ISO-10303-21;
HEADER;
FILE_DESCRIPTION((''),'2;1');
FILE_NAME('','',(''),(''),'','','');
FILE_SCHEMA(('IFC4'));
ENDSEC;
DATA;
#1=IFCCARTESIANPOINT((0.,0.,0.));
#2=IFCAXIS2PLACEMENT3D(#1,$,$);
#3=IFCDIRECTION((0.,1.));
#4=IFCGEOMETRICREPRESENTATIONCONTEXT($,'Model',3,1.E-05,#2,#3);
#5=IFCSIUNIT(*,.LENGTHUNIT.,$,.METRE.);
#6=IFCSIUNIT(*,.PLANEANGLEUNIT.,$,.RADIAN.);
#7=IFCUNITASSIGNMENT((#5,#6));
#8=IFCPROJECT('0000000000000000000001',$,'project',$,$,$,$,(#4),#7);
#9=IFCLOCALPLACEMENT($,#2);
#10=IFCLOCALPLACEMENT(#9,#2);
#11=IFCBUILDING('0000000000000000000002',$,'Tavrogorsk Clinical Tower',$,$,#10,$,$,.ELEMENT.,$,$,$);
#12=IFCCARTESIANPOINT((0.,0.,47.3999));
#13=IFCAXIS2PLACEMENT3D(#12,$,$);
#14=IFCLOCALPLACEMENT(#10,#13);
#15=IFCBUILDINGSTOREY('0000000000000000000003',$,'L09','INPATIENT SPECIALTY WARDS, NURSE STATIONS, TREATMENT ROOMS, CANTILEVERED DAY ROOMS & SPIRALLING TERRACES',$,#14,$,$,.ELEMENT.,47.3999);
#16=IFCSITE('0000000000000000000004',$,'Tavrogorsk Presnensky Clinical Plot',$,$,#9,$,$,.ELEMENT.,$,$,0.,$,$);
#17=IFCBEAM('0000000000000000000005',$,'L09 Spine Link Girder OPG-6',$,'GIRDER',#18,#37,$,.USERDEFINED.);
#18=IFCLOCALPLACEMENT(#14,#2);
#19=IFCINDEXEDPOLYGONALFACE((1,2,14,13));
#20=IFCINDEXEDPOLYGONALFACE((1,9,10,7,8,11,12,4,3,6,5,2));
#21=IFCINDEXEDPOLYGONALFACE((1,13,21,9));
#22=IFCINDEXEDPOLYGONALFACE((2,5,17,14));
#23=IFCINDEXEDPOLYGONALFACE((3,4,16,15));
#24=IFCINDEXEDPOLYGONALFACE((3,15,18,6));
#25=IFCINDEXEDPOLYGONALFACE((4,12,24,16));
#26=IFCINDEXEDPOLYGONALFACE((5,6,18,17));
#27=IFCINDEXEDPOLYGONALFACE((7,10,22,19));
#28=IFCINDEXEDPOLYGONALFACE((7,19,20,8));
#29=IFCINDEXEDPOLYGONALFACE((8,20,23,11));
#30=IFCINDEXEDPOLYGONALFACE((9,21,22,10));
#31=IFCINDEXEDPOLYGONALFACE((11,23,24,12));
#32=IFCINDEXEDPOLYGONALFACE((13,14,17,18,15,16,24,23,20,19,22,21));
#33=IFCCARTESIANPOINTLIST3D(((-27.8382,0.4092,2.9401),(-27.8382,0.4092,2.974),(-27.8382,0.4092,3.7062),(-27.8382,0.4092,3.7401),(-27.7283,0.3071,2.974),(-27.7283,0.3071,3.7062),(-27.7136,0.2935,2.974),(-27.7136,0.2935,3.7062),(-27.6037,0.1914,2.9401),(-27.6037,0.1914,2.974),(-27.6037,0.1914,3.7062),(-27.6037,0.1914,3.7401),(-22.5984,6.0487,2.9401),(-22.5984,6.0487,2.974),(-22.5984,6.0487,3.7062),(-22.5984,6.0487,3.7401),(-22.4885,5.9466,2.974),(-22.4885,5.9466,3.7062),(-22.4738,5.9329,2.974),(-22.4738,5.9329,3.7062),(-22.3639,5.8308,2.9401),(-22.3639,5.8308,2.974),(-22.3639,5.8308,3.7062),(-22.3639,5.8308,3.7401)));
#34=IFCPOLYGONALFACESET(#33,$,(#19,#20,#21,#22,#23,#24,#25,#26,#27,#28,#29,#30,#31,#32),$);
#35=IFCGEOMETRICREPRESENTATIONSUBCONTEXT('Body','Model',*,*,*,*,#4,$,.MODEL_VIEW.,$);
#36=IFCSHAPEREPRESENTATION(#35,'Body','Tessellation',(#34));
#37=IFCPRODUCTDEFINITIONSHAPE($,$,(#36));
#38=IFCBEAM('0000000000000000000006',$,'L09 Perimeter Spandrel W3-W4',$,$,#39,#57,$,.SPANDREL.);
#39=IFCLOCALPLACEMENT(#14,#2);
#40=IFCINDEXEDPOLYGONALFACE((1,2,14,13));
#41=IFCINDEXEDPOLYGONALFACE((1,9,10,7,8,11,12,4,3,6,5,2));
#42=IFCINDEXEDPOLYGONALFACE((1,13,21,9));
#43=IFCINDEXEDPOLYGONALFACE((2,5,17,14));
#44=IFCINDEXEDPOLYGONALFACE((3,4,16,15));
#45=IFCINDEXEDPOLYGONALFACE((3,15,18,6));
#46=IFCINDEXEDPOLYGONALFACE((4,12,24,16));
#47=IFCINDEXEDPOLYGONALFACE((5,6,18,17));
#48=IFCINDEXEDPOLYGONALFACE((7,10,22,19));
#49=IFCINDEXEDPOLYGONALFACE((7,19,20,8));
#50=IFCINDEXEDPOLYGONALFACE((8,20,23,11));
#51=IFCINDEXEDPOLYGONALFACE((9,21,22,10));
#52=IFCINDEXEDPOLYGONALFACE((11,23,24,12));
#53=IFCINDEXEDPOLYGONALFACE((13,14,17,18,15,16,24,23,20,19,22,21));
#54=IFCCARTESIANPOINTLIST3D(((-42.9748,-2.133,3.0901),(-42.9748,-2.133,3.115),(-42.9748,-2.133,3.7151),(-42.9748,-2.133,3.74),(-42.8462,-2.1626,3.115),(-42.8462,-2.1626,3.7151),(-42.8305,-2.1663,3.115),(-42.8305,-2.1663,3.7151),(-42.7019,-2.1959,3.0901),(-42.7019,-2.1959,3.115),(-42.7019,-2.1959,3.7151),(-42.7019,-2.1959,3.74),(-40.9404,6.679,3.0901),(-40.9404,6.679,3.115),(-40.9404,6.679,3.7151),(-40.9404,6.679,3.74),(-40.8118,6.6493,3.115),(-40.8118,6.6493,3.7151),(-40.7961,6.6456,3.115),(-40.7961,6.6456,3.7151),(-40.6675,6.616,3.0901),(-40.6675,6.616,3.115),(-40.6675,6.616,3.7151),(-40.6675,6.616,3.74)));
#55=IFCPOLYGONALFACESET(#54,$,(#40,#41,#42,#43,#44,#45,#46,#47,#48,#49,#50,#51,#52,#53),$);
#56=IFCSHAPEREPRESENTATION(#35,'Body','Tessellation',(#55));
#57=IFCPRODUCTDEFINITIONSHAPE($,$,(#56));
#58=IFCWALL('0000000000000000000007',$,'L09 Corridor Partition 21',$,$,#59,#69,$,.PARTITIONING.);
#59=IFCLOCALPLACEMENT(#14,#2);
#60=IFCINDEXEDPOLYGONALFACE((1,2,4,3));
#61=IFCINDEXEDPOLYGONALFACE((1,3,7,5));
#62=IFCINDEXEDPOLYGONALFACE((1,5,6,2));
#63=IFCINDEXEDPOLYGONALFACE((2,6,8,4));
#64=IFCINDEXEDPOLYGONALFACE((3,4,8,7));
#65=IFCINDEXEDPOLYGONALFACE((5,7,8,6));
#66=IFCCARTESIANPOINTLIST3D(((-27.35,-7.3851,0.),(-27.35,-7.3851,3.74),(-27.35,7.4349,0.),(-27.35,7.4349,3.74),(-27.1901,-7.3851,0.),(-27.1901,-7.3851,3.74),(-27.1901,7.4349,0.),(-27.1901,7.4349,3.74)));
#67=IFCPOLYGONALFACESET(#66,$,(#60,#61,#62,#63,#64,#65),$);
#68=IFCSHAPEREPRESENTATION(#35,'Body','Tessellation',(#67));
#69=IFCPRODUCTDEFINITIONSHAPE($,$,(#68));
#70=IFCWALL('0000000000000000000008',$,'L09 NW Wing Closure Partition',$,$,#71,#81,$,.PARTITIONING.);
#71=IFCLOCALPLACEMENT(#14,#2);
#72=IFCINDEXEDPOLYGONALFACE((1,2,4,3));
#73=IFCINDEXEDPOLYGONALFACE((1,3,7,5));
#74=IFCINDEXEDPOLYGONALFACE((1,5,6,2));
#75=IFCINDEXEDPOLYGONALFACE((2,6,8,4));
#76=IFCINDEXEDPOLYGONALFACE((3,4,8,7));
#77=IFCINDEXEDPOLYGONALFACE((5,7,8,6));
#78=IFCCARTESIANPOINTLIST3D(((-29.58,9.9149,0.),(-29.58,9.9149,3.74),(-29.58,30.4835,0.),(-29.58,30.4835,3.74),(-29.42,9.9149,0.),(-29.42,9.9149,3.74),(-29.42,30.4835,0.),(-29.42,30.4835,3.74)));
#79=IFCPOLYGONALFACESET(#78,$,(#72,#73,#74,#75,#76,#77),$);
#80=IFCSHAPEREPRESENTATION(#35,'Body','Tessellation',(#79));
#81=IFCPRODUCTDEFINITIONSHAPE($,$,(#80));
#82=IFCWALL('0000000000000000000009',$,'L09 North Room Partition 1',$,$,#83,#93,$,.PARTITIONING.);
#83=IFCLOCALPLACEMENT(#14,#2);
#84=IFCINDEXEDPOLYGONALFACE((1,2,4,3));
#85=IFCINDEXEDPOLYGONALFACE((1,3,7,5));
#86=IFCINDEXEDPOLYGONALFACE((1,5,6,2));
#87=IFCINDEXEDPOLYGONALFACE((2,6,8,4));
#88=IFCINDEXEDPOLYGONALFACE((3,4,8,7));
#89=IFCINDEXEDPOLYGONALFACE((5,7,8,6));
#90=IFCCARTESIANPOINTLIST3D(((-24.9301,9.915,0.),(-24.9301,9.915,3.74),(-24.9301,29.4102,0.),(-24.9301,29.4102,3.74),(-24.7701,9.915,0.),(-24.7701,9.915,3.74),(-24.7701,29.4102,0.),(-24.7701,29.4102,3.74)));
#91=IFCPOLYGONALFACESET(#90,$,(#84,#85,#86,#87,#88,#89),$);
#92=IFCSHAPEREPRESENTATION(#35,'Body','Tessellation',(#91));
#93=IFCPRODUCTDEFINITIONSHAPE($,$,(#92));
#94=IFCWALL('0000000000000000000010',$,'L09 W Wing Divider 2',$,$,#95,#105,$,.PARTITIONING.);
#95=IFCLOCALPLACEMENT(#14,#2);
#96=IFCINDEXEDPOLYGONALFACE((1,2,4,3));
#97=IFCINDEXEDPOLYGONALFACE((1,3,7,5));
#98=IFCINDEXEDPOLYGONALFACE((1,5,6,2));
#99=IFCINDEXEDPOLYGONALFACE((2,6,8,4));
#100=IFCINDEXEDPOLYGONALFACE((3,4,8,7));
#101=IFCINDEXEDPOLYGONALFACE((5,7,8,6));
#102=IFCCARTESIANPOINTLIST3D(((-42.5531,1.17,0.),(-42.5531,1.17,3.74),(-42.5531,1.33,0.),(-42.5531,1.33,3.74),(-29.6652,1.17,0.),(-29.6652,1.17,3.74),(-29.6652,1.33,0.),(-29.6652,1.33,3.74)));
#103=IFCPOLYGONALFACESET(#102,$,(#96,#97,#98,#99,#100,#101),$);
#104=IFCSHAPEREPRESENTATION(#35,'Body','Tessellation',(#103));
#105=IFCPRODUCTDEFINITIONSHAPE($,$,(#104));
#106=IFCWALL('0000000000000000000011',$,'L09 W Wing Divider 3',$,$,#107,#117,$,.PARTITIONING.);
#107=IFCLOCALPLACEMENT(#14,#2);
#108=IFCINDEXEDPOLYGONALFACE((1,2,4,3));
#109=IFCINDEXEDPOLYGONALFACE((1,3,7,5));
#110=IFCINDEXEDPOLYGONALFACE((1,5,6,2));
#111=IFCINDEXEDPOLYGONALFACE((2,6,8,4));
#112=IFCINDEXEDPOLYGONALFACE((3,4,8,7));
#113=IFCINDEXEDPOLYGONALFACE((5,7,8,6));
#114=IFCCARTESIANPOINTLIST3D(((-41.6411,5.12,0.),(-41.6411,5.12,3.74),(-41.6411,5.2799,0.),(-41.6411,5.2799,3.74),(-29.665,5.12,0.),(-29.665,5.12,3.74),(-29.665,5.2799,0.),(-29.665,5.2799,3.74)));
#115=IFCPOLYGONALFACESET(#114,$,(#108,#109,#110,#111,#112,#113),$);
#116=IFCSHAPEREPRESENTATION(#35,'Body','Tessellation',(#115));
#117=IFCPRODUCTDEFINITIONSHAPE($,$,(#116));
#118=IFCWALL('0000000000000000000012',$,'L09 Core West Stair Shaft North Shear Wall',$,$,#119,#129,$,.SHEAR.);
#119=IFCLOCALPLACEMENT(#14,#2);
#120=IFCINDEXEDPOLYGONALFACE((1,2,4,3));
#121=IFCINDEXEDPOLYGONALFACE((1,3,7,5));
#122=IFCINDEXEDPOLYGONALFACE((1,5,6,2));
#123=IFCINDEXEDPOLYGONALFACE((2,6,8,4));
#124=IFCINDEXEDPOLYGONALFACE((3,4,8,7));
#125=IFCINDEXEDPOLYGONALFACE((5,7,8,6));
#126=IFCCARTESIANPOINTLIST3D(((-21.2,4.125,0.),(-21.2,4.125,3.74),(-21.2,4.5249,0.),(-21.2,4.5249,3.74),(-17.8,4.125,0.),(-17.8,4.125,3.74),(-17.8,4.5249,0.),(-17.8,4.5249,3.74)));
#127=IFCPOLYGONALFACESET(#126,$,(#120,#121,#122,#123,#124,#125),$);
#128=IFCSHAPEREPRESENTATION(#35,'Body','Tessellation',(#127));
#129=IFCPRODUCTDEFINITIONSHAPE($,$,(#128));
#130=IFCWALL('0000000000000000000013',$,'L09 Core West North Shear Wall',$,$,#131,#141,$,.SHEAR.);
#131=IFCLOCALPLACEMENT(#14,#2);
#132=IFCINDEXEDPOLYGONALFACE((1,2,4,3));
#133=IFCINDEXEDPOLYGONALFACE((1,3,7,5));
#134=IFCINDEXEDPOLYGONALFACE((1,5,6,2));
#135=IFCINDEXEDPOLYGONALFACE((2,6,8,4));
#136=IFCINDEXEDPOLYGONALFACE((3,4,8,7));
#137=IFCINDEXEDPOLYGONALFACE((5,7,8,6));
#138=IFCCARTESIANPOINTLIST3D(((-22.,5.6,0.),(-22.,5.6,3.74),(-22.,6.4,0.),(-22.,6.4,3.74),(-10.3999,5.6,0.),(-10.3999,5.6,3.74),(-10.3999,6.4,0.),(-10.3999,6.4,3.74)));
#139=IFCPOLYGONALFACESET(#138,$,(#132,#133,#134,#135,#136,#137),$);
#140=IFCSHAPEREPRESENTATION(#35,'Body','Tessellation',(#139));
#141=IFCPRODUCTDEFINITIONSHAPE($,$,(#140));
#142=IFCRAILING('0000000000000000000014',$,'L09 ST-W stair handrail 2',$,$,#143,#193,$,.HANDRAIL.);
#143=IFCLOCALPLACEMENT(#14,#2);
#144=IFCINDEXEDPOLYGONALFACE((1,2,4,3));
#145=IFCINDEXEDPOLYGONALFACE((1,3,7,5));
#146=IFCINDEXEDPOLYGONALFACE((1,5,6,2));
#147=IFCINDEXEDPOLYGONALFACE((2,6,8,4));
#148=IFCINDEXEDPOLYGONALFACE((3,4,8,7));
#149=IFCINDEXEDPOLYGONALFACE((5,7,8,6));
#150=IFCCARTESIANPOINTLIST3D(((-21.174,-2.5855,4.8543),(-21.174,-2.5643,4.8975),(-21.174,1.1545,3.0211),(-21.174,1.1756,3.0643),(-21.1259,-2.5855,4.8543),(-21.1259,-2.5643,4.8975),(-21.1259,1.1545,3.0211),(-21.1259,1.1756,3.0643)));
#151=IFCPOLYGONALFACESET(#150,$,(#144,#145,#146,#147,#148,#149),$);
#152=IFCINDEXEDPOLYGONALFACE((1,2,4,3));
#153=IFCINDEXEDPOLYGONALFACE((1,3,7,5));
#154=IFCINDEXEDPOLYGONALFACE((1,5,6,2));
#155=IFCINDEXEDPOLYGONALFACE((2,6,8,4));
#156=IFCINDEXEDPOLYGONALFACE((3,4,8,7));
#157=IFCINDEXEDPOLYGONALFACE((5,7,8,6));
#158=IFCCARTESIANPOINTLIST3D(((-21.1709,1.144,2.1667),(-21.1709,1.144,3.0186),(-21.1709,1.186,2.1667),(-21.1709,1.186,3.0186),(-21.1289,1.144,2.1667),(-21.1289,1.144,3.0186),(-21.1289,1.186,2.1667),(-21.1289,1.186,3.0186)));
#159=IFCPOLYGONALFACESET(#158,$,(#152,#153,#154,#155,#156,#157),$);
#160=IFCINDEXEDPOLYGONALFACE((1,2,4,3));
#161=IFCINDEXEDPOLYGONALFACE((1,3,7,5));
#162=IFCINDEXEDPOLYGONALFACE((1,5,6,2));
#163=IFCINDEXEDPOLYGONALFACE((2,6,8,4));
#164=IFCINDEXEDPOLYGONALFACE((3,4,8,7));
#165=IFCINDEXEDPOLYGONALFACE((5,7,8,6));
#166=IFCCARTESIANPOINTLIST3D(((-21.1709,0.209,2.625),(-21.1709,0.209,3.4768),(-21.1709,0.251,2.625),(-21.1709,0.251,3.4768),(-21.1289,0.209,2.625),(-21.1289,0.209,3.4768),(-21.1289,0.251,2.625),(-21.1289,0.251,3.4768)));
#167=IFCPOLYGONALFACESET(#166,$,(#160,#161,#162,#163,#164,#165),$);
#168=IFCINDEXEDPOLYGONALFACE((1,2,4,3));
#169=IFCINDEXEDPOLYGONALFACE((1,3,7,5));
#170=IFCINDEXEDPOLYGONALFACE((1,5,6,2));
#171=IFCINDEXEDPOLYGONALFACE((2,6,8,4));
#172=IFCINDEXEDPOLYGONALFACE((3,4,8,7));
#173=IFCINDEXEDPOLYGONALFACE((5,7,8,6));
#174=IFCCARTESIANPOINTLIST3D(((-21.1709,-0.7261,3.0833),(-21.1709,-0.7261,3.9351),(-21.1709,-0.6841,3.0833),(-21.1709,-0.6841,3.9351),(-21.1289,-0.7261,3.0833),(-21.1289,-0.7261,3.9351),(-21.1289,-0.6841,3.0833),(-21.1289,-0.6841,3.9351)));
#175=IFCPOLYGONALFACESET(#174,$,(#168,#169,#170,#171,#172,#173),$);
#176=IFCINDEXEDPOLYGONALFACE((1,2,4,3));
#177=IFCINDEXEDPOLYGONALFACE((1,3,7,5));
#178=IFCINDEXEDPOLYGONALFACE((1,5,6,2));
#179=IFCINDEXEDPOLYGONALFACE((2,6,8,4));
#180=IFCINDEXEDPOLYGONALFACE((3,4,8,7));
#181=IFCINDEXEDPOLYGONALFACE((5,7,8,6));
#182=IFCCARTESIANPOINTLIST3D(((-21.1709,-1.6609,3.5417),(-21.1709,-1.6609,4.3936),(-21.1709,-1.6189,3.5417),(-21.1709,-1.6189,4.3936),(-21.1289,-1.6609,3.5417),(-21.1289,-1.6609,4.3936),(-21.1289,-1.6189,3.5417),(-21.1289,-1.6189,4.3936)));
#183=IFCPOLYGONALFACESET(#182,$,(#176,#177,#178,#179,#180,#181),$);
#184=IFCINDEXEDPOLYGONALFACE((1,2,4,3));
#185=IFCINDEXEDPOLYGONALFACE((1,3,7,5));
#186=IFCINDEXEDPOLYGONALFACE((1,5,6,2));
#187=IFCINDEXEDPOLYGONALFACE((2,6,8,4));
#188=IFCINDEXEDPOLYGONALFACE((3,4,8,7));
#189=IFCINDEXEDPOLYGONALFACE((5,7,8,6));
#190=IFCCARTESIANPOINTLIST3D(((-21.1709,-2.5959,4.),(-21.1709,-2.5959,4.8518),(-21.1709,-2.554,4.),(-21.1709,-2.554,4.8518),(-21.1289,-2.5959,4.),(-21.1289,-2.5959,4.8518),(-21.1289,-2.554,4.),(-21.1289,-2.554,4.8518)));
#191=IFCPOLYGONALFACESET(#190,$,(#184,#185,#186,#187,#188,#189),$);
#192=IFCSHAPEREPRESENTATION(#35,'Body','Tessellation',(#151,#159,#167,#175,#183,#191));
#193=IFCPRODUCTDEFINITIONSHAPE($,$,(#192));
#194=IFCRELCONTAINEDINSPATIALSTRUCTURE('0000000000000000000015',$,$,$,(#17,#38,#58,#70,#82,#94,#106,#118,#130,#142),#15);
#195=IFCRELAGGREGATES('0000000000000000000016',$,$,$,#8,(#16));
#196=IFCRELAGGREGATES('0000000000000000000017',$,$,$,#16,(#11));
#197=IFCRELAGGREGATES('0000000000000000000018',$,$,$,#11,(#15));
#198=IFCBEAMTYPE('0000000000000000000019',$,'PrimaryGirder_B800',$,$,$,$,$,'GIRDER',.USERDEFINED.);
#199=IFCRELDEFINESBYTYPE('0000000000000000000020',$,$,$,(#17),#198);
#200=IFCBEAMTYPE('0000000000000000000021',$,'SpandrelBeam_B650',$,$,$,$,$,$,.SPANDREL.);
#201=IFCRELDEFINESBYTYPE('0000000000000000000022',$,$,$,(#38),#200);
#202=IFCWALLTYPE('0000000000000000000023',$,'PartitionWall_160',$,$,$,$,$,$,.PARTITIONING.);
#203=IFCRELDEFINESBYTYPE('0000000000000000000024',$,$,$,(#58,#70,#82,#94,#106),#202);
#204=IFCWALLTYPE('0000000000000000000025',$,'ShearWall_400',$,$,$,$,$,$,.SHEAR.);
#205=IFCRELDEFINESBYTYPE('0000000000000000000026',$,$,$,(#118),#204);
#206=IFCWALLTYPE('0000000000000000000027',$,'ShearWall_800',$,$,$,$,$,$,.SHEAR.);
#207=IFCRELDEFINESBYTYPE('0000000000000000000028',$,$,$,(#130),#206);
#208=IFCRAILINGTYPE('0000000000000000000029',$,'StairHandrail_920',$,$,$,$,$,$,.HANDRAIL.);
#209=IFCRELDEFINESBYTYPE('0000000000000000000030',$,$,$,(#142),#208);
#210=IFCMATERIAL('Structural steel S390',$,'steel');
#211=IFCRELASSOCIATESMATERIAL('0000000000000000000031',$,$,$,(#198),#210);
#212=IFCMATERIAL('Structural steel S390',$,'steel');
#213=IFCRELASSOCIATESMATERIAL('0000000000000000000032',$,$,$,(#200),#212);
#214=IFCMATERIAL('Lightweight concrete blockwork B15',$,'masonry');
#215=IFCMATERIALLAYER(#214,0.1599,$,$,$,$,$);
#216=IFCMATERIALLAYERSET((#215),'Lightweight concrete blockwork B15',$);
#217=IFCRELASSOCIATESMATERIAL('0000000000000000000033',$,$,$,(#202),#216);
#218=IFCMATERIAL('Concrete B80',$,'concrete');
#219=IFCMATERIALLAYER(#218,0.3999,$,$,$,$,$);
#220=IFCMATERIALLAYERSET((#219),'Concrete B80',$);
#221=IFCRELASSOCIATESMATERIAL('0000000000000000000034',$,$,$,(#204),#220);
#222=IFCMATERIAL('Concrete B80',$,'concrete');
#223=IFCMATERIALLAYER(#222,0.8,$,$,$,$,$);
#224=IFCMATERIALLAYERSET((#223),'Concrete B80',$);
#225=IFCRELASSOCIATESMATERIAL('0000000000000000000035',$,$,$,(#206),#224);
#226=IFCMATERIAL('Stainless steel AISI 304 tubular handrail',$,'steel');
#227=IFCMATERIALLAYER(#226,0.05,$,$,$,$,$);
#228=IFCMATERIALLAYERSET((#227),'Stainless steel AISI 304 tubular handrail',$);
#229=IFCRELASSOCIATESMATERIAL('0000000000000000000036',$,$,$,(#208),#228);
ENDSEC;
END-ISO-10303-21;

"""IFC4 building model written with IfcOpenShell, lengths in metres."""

from ifc_helpers import new_model, si_unit, direction, frame, frame_2d, origin, origin_2d, place, context, subcontext, project, spatial, rectangle, i_section, extrude, material, layer, layer_set, material_profile, profile_set, type_object, element, save


model = new_model("IFC4")

# Units and contexts
model_context = context("Model", 3, precision=1e-05, world=origin(), true_north=direction((0.0, 1.0)))
body_context = subcontext(model_context, "Body", "Model", "MODEL_VIEW")
ifc_project = project(units=[si_unit("LENGTHUNIT", "METRE"), si_unit("PLANEANGLEUNIT", "RADIAN")], contexts=[model_context])

# Site, building, storey
site_placement = place(None, origin())
site = spatial("IfcSite", under=ifc_project, at=site_placement, Name="Tavrogorsk Presnensky Clinical Plot", CompositionType="ELEMENT", RefElevation=0.0)
building_placement = place(site_placement, origin())
building = spatial("IfcBuilding", under=site, at=building_placement, Name="Tavrogorsk Clinical Tower", CompositionType="ELEMENT")
storey_placement = place(building_placement, frame((0.0, 0.0, 47.3999)))
storey = spatial("IfcBuildingStorey", under=building, at=storey_placement, Name="L09", Description="INPATIENT SPECIALTY WARDS, NURSE STATIONS, TREATMENT ROOMS, CANTILEVERED DAY ROOMS & SPIRALLING TERRACES", CompositionType="ELEMENT", Elevation=47.3999)

# Beams
ifc_material_1 = material(Name="Structural steel S390", Category="steel")
ifc_material_profile_1 = material_profile(ifc_material_1, i_section(OverallWidth=0.3201, OverallDepth=0.8, WebThickness=0.02, FlangeThickness=0.0339, at=origin_2d()), Name="B-800x320x20x34")
ifc_profile_set_1 = profile_set([ifc_material_profile_1], Name="Structural steel S390")
beam_type_1 = type_object("IfcBeamType", Name="PrimaryGirder_B800", ElementType="GIRDER", PredefinedType="USERDEFINED", material=ifc_profile_set_1)
for number, where, z_axis, x_axis, name in (
    (1, (-27.7209, 0.3003, 3.3401), (0.680671, 0.732589, 0.0), (-0.732589, 0.680671, 0.0), "L09 Spine Link Girder OPG-6"),
):
    element("IfcBeam", number, at=place(storey_placement, frame(where, z_axis=z_axis, x_axis=x_axis)), inside=storey, type_object=beam_type_1, Name=name, ObjectType="GIRDER", PredefinedType="USERDEFINED", context=body_context, shape_type="SweptSolid", body=[
        extrude(i_section(OverallWidth=0.3201, OverallDepth=0.8, WebThickness=0.02, FlangeThickness=0.0339, at=origin_2d()), origin(), (0.0, 0.0, 1.0), 7.698),
    ])
ifc_material_2 = material(Name="Structural steel S390", Category="steel")
ifc_material_profile_2 = material_profile(ifc_material_2, i_section(OverallWidth=0.28, OverallDepth=0.6499, WebThickness=0.0161, FlangeThickness=0.0249, at=origin_2d()), Name="B-650x280x16x25")
ifc_profile_set_2 = profile_set([ifc_material_profile_2], Name="Structural steel S390")
beam_type_2 = type_object("IfcBeamType", Name="SpandrelBeam_B650", PredefinedType="SPANDREL", material=ifc_profile_set_2)
beam_1_placement = place(storey_placement, frame((-40.804, 6.6475, 3.415), z_axis=(-0.224952, -0.97437, 0.0), x_axis=(0.97437, -0.224952, 0.0)))
element("IfcBeam", 2, at=beam_1_placement, inside=storey, type_object=beam_type_2, Name="L09 Perimeter Spandrel W3-W4", PredefinedType="SPANDREL", context=body_context, shape_type="SweptSolid", body=[
    extrude(i_section(OverallWidth=0.28, OverallDepth=0.6499, WebThickness=0.0161, FlangeThickness=0.0249, at=origin_2d()), origin(), (0.0, 0.0, 1.0), 9.0437),
])

# Shared definitions
ifc_material_3 = material(Name="Lightweight concrete blockwork B15", Category="masonry")
ifc_layer_1 = layer(ifc_material_3, 0.1599)
ifc_layer_set_1 = layer_set([ifc_layer_1], Name="Lightweight concrete blockwork B15")
wall_type_1 = type_object("IfcWallType", Name="PartitionWall_160", PredefinedType="PARTITIONING", material=ifc_layer_set_1)

# Walls
wall_1_placement = place(storey_placement, frame((-27.27, 7.4351, 0.0), z_axis=(0.0, 0.0, 1.0), x_axis=(0.0, -1.0, 0.0)))
element("IfcWall", 3, at=wall_1_placement, inside=storey, type_object=wall_type_1, Name="L09 Corridor Partition 21", PredefinedType="PARTITIONING", context=body_context, shape_type="SweptSolid", body=[
    extrude(rectangle(XDim=14.8201, YDim=0.1599, at=frame_2d((7.4102, 0.0))), origin(), (0.0, 0.0, 1.0), 3.74),
])
wall_2_placement = place(storey_placement, frame((-29.5, 9.915, 0.0), z_axis=(0.0, 0.0, 1.0), x_axis=(0.0, 1.0, 0.0)))
element("IfcWall", 4, at=wall_2_placement, inside=storey, type_object=wall_type_1, Name="L09 NW Wing Closure Partition", PredefinedType="PARTITIONING", context=body_context, shape_type="SweptSolid", body=[
    extrude(rectangle(XDim=20.5686, YDim=0.1599, at=frame_2d((10.2842, 0.0))), origin(), (0.0, 0.0, 1.0), 3.74),
])
wall_3_placement = place(storey_placement, frame((-24.8501, 9.915, 0.0), z_axis=(0.0, 0.0, 1.0), x_axis=(0.0, 1.0, 0.0)))
element("IfcWall", 5, at=wall_3_placement, inside=storey, type_object=wall_type_1, Name="L09 North Room Partition 1", PredefinedType="PARTITIONING", context=body_context, shape_type="SweptSolid", body=[
    extrude(rectangle(XDim=19.4951, YDim=0.1599, at=frame_2d((9.7476, 0.0))), origin(), (0.0, 0.0, 1.0), 3.74),
])
wall_4_placement = place(storey_placement, frame((-42.553, 1.25, 0.0), z_axis=(0.0, 0.0, 1.0), x_axis=(1.0, 0.0, 0.0)))
element("IfcWall", 6, at=wall_4_placement, inside=storey, type_object=wall_type_1, Name="L09 W Wing Divider 2", PredefinedType="PARTITIONING", context=body_context, shape_type="SweptSolid", body=[
    extrude(rectangle(XDim=12.8879, YDim=0.1599, at=frame_2d((6.4438, 0.0))), origin(), (0.0, 0.0, 1.0), 3.74),
])
wall_5_placement = place(storey_placement, frame((-41.6411, 5.2, 0.0), z_axis=(0.0, 0.0, 1.0), x_axis=(1.0, 0.0, 0.0)))
element("IfcWall", 7, at=wall_5_placement, inside=storey, type_object=wall_type_1, Name="L09 W Wing Divider 3", PredefinedType="PARTITIONING", context=body_context, shape_type="SweptSolid", body=[
    extrude(rectangle(XDim=11.9761, YDim=0.1599, at=frame_2d((5.988, 0.0))), origin(), (0.0, 0.0, 1.0), 3.74),
])
ifc_material_4 = material(Name="Concrete B80", Category="concrete")
ifc_layer_2 = layer(ifc_material_4, 0.3999)
ifc_layer_set_2 = layer_set([ifc_layer_2], Name="Concrete B80")
wall_type_2 = type_object("IfcWallType", Name="ShearWall_400", PredefinedType="SHEAR", material=ifc_layer_set_2)
wall_6_placement = place(storey_placement, frame((-21.2, 4.325, 0.0), z_axis=(0.0, 0.0, 1.0), x_axis=(1.0, 0.0, 0.0)))
element("IfcWall", 8, at=wall_6_placement, inside=storey, type_object=wall_type_2, Name="L09 Core West Stair Shaft North Shear Wall", PredefinedType="SHEAR", context=body_context, shape_type="SweptSolid", body=[
    extrude(rectangle(XDim=3.3999, YDim=0.3999, at=frame_2d((1.7, 0.0))), origin(), (0.0, 0.0, 1.0), 3.74),
])
ifc_material_5 = material(Name="Concrete B80", Category="concrete")
ifc_layer_3 = layer(ifc_material_5, 0.8)
ifc_layer_set_3 = layer_set([ifc_layer_3], Name="Concrete B80")
wall_type_3 = type_object("IfcWallType", Name="ShearWall_800", PredefinedType="SHEAR", material=ifc_layer_set_3)
wall_7_placement = place(storey_placement, frame((-22.0, 6.0, 0.0), z_axis=(0.0, 0.0, 1.0), x_axis=(1.0, 0.0, 0.0)))
element("IfcWall", 9, at=wall_7_placement, inside=storey, type_object=wall_type_3, Name="L09 Core West North Shear Wall", PredefinedType="SHEAR", context=body_context, shape_type="SweptSolid", body=[
    extrude(rectangle(XDim=11.6001, YDim=0.8, at=frame_2d((5.8, 0.0))), origin(), (0.0, 0.0, 1.0), 3.74),
])

# Railing
ifc_material_6 = material(Name="Stainless steel AISI 304 tubular handrail", Category="steel")
ifc_layer_4 = layer(ifc_material_6, 0.05)
ifc_layer_set_4 = layer_set([ifc_layer_4], Name="Stainless steel AISI 304 tubular handrail")
railing_type = type_object("IfcRailingType", Name="StairHandrail_920", PredefinedType="HANDRAIL", material=ifc_layer_set_4)
railing_placement = place(storey_placement, frame((-21.1499, 1.165, 2.1667)))
element("IfcRailing", 10, at=railing_placement, inside=storey, type_object=railing_type, Name="L09 ST-W stair handrail 2", PredefinedType="HANDRAIL", context=body_context, shape_type="SweptSolid", body=[
    extrude(rectangle(XDim=0.0481, YDim=0.0481, at=origin_2d()), frame((0.0, 0.0, 0.876), z_axis=(0.0, -0.897928, 0.440142), x_axis=(1.0, 0.0, 0.0)), (0.0, 0.0, 1.0), 4.165),
    extrude(rectangle(XDim=0.042, YDim=0.042, at=origin_2d()), origin(), (0.0, 0.0, 1.0), 0.8518),
    extrude(rectangle(XDim=0.042, YDim=0.042, at=origin_2d()), frame((0.0, -0.9351, 0.4583)), (0.0, 0.0, 1.0), 0.8518),
    extrude(rectangle(XDim=0.042, YDim=0.042, at=origin_2d()), frame((0.0, -1.8701, 0.9165)), (0.0, 0.0, 1.0), 0.8518),
    extrude(rectangle(XDim=0.042, YDim=0.042, at=origin_2d()), frame((0.0, -2.8049, 1.375)), (0.0, 0.0, 1.0), 0.8518),
    extrude(rectangle(XDim=0.042, YDim=0.042, at=origin_2d()), frame((0.0, -3.74, 1.8333)), (0.0, 0.0, 1.0), 0.8518),
])

save(model, "model.ifc")
